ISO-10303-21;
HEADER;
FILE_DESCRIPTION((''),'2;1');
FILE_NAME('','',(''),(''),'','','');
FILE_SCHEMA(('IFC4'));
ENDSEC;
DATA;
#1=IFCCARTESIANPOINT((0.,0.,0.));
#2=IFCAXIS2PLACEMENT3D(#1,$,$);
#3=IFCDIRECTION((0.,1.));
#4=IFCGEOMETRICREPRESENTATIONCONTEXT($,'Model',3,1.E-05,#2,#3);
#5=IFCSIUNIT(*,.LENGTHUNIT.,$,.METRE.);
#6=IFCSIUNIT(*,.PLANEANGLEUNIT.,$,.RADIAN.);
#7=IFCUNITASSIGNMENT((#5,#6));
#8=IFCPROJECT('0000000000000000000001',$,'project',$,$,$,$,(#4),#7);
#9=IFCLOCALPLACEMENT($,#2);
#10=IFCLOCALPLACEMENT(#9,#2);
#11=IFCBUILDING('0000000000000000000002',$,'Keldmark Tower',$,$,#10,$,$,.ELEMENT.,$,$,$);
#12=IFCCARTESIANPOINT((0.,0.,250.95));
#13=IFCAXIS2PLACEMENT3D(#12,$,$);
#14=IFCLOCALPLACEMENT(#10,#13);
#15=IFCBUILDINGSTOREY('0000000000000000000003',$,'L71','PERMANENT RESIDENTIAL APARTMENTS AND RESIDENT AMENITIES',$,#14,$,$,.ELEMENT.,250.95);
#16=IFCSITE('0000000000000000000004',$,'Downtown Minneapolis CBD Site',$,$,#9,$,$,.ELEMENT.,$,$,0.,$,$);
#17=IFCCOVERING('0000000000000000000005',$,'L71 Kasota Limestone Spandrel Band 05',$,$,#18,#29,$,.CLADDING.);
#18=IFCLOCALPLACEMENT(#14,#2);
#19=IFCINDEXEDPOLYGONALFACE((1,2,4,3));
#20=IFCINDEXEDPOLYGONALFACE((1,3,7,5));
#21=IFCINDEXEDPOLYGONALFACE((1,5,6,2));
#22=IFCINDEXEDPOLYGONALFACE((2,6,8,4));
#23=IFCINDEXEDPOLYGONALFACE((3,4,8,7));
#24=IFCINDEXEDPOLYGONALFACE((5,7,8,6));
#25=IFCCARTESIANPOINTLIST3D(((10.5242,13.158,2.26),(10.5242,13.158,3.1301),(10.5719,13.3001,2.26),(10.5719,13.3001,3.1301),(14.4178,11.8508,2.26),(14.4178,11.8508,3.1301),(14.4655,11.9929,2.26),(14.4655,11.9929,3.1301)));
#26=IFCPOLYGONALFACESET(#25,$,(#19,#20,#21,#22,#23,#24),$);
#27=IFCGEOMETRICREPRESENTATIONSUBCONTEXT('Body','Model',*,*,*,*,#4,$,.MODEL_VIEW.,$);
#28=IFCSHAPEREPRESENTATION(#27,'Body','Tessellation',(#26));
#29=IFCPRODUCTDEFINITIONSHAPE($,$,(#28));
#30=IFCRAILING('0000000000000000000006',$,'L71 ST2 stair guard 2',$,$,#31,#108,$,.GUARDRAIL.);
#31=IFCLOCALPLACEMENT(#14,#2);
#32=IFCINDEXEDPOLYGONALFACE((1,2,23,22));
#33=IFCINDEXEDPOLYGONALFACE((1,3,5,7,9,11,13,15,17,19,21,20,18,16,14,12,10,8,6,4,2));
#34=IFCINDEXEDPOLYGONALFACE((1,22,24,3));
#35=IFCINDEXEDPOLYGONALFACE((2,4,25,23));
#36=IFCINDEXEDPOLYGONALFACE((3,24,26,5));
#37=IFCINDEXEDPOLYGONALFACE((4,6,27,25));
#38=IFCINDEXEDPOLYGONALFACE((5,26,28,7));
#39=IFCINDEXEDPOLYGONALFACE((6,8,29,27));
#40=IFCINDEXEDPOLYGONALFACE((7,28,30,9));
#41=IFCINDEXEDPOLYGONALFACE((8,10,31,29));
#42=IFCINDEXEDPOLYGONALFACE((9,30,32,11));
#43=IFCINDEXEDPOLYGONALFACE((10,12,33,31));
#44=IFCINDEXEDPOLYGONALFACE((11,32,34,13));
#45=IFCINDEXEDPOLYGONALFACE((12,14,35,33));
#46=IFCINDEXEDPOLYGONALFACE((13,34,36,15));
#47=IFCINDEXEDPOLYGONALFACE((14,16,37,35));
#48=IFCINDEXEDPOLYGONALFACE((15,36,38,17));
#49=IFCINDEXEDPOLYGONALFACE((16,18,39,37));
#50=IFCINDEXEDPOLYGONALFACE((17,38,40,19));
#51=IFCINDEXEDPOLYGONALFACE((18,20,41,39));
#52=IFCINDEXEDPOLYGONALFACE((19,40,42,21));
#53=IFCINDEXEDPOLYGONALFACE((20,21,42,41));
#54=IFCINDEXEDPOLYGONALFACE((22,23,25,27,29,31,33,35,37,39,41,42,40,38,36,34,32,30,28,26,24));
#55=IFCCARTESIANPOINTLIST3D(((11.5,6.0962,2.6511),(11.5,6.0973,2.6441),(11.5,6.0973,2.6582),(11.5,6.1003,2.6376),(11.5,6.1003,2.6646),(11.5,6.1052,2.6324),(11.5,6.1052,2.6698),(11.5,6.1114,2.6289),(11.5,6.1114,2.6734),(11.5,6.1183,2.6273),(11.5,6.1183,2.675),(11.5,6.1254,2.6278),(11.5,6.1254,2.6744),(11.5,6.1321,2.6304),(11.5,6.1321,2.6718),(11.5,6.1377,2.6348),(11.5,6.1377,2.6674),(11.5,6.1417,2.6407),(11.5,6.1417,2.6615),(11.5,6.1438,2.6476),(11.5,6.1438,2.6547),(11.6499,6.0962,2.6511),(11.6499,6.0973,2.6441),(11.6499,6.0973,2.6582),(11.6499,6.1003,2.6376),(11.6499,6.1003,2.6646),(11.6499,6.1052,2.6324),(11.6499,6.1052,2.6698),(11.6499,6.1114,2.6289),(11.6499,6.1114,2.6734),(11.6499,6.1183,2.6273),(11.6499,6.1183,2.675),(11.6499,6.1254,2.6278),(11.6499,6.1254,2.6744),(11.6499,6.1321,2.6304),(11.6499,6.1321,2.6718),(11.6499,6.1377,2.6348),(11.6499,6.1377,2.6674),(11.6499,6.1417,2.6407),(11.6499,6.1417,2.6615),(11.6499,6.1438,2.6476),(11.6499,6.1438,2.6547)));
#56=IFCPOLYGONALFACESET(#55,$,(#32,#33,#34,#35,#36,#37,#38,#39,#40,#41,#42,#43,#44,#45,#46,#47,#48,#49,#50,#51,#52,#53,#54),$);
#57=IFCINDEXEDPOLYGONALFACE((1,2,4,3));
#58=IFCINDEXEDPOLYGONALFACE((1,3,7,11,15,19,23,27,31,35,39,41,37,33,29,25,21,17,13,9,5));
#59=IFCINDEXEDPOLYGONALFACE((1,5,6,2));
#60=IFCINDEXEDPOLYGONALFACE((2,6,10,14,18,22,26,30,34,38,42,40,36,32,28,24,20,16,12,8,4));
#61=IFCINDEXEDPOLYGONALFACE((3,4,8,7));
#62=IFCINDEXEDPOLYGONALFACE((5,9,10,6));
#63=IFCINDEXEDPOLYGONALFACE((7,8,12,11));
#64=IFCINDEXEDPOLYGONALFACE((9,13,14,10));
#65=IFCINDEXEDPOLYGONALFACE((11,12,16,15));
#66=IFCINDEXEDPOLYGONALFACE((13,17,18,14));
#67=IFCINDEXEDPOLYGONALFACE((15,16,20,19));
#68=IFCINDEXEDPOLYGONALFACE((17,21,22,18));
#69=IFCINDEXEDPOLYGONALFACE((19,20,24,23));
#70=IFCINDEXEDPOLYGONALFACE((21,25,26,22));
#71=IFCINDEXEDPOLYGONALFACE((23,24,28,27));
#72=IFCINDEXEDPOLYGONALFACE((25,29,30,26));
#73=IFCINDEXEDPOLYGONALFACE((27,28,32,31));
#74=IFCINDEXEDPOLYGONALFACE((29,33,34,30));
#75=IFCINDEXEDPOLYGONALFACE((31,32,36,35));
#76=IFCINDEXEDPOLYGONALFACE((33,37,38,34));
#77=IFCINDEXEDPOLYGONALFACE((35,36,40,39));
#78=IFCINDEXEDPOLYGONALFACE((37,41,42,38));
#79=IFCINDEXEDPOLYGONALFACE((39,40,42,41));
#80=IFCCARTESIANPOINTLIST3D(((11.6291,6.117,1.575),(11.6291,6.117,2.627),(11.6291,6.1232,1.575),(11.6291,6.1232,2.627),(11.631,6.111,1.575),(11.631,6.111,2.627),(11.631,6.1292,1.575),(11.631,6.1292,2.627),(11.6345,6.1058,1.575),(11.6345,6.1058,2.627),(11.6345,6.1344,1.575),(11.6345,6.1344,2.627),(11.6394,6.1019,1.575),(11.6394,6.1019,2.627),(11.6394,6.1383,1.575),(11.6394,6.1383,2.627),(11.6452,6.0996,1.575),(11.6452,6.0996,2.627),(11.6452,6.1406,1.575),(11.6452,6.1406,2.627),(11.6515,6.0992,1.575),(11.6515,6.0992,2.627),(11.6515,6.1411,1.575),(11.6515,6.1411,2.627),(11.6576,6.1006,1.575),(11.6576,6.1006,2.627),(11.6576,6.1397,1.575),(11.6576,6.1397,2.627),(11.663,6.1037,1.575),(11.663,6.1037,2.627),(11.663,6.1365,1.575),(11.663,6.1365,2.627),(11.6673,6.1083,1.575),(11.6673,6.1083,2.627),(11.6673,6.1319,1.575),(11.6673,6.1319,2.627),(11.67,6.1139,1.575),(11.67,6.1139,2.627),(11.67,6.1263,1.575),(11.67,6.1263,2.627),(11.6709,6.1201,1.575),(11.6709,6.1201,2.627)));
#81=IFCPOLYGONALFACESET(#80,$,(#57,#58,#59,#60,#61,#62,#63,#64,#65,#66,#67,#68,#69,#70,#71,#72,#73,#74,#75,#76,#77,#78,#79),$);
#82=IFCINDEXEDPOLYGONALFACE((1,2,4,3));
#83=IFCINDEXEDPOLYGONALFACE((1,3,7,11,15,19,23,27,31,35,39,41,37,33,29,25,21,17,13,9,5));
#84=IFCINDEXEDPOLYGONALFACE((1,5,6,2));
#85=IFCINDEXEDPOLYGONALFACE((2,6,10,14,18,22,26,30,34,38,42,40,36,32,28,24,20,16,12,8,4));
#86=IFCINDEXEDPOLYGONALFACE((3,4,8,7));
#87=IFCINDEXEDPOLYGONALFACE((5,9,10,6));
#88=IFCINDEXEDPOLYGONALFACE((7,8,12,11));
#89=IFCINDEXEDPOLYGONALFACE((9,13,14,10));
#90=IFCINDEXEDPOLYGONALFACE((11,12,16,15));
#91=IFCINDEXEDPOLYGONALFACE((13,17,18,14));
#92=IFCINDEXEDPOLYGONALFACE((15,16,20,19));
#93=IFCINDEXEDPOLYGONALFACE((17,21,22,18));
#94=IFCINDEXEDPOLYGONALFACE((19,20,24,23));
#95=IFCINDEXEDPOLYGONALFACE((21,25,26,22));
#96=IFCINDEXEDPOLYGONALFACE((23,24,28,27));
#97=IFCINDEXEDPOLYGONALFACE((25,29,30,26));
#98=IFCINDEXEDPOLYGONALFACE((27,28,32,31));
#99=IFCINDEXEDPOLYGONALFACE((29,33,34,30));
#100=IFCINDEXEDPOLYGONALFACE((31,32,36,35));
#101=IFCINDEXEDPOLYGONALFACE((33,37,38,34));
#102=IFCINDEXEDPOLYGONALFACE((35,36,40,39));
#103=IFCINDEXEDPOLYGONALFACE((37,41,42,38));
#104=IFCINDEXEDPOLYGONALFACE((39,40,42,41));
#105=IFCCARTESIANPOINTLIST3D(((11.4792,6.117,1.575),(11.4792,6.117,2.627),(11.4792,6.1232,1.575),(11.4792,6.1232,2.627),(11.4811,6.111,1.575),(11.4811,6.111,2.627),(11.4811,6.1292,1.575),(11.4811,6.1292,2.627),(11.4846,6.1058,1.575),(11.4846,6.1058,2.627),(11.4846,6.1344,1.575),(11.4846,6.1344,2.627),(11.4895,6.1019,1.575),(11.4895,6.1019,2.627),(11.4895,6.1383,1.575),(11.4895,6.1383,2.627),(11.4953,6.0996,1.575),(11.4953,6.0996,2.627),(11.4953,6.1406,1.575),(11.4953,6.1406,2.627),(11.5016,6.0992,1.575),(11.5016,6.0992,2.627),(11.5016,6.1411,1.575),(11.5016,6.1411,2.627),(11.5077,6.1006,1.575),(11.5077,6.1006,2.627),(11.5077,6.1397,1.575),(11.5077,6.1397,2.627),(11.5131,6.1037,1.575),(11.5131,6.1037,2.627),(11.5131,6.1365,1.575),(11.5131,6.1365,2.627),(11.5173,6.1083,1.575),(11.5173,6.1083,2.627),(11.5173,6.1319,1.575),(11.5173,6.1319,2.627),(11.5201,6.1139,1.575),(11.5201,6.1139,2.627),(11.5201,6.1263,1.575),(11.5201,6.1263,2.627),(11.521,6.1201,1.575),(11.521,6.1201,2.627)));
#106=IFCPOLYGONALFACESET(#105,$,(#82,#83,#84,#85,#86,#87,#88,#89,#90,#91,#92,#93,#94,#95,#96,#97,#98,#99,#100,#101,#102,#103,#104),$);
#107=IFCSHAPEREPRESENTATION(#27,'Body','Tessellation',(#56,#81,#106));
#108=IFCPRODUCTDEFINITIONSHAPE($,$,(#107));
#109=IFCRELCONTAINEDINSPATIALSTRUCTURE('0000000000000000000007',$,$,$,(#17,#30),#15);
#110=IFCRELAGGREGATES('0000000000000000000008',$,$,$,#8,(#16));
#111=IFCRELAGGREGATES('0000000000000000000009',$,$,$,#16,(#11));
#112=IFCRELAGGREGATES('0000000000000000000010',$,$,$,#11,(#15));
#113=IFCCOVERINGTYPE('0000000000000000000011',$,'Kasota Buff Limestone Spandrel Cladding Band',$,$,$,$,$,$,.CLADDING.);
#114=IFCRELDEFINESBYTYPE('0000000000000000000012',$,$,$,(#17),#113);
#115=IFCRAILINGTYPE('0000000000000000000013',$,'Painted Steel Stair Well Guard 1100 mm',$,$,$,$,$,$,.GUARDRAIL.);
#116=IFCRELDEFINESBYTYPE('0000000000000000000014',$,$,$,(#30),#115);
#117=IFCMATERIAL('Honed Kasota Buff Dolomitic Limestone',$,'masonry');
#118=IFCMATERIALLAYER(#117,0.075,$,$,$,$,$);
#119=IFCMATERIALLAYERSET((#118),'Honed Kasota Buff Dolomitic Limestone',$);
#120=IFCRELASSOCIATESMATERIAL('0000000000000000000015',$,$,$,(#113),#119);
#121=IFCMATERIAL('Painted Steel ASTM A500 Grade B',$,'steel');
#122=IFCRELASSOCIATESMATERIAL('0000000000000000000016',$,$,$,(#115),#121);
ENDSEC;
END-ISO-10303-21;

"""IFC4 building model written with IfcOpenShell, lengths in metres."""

from ifc_helpers import new_model, si_unit, direction, frame, origin, origin_2d, place, context, subcontext, project, spatial, rectangle, circle, extrude, material, layer, layer_set, type_object, element, save


model = new_model("IFC4")

# Units and contexts
model_context = context("Model", 3, precision=1e-05, world=origin(), true_north=direction((0.0, 1.0)))
body_context = subcontext(model_context, "Body", "Model", "MODEL_VIEW")
ifc_project = project(units=[si_unit("LENGTHUNIT", "METRE"), si_unit("PLANEANGLEUNIT", "RADIAN")], contexts=[model_context])

# Site, building, storey
site_placement = place(None, origin())
site = spatial("IfcSite", under=ifc_project, at=site_placement, Name="Downtown Minneapolis CBD Site", CompositionType="ELEMENT", RefElevation=0.0)
building_placement = place(site_placement, origin())
building = spatial("IfcBuilding", under=site, at=building_placement, Name="Keldmark Tower", CompositionType="ELEMENT")
storey_placement = place(building_placement, frame((0.0, 0.0, 250.95)))
storey = spatial("IfcBuildingStorey", under=building, at=storey_placement, Name="L71", Description="PERMANENT RESIDENTIAL APARTMENTS AND RESIDENT AMENITIES", CompositionType="ELEMENT", Elevation=250.95)

# Covering
ifc_material_1 = material(Name="Honed Kasota Buff Dolomitic Limestone", Category="masonry")
ifc_layer_1 = layer(ifc_material_1, 0.075)
ifc_layer_set_1 = layer_set([ifc_layer_1], Name="Honed Kasota Buff Dolomitic Limestone")
covering_type = type_object("IfcCoveringType", Name="Kasota Buff Limestone Spandrel Cladding Band", PredefinedType="CLADDING", material=ifc_layer_set_1)
covering_placement = place(storey_placement, frame((12.4949, 12.5754, 2.26), z_axis=(0.0, 0.0, 1.0), x_axis=(-0.948002, 0.318264, 0.0)))
element("IfcCovering", 1, at=covering_placement, inside=storey, type_object=covering_type, Name="L71 Kasota Limestone Spandrel Band 05", PredefinedType="CLADDING", context=body_context, shape_type="SweptSolid", body=[
    extrude(rectangle(XDim=4.1072, YDim=0.1499, at=origin_2d()), origin(), (0.0, 0.0, 1.0), 0.8701),
])

# Railing
ifc_material_2 = material(Name="Painted Steel ASTM A500 Grade B", Category="steel")
railing_type = type_object("IfcRailingType", Name="Painted Steel Stair Well Guard 1100 mm", PredefinedType="GUARDRAIL", material=ifc_material_2)
railing_1_placement = place(storey_placement, frame((11.6499, 6.1201, 1.575)))
element("IfcRailing", 2, at=railing_1_placement, inside=storey, type_object=railing_type, Name="L71 ST2 stair guard 2", PredefinedType="GUARDRAIL", context=body_context, shape_type="SweptSolid", body=[
    extrude(circle(Radius=0.0239, at=origin_2d()), frame((0.0, 0.0, 1.0762), z_axis=(-1.0, 0.0, 0.0), x_axis=(0.0, -1.0, 0.0)), (0.0, 0.0, 1.0), 0.1499),
    extrude(circle(Radius=0.021, at=origin_2d()), origin(), (0.0, 0.0, 1.0), 1.052),
    extrude(circle(Radius=0.021, at=origin_2d()), frame((-0.1499, 0.0, 0.0)), (0.0, 0.0, 1.0), 1.052),
])

save(model, "model.ifc")
